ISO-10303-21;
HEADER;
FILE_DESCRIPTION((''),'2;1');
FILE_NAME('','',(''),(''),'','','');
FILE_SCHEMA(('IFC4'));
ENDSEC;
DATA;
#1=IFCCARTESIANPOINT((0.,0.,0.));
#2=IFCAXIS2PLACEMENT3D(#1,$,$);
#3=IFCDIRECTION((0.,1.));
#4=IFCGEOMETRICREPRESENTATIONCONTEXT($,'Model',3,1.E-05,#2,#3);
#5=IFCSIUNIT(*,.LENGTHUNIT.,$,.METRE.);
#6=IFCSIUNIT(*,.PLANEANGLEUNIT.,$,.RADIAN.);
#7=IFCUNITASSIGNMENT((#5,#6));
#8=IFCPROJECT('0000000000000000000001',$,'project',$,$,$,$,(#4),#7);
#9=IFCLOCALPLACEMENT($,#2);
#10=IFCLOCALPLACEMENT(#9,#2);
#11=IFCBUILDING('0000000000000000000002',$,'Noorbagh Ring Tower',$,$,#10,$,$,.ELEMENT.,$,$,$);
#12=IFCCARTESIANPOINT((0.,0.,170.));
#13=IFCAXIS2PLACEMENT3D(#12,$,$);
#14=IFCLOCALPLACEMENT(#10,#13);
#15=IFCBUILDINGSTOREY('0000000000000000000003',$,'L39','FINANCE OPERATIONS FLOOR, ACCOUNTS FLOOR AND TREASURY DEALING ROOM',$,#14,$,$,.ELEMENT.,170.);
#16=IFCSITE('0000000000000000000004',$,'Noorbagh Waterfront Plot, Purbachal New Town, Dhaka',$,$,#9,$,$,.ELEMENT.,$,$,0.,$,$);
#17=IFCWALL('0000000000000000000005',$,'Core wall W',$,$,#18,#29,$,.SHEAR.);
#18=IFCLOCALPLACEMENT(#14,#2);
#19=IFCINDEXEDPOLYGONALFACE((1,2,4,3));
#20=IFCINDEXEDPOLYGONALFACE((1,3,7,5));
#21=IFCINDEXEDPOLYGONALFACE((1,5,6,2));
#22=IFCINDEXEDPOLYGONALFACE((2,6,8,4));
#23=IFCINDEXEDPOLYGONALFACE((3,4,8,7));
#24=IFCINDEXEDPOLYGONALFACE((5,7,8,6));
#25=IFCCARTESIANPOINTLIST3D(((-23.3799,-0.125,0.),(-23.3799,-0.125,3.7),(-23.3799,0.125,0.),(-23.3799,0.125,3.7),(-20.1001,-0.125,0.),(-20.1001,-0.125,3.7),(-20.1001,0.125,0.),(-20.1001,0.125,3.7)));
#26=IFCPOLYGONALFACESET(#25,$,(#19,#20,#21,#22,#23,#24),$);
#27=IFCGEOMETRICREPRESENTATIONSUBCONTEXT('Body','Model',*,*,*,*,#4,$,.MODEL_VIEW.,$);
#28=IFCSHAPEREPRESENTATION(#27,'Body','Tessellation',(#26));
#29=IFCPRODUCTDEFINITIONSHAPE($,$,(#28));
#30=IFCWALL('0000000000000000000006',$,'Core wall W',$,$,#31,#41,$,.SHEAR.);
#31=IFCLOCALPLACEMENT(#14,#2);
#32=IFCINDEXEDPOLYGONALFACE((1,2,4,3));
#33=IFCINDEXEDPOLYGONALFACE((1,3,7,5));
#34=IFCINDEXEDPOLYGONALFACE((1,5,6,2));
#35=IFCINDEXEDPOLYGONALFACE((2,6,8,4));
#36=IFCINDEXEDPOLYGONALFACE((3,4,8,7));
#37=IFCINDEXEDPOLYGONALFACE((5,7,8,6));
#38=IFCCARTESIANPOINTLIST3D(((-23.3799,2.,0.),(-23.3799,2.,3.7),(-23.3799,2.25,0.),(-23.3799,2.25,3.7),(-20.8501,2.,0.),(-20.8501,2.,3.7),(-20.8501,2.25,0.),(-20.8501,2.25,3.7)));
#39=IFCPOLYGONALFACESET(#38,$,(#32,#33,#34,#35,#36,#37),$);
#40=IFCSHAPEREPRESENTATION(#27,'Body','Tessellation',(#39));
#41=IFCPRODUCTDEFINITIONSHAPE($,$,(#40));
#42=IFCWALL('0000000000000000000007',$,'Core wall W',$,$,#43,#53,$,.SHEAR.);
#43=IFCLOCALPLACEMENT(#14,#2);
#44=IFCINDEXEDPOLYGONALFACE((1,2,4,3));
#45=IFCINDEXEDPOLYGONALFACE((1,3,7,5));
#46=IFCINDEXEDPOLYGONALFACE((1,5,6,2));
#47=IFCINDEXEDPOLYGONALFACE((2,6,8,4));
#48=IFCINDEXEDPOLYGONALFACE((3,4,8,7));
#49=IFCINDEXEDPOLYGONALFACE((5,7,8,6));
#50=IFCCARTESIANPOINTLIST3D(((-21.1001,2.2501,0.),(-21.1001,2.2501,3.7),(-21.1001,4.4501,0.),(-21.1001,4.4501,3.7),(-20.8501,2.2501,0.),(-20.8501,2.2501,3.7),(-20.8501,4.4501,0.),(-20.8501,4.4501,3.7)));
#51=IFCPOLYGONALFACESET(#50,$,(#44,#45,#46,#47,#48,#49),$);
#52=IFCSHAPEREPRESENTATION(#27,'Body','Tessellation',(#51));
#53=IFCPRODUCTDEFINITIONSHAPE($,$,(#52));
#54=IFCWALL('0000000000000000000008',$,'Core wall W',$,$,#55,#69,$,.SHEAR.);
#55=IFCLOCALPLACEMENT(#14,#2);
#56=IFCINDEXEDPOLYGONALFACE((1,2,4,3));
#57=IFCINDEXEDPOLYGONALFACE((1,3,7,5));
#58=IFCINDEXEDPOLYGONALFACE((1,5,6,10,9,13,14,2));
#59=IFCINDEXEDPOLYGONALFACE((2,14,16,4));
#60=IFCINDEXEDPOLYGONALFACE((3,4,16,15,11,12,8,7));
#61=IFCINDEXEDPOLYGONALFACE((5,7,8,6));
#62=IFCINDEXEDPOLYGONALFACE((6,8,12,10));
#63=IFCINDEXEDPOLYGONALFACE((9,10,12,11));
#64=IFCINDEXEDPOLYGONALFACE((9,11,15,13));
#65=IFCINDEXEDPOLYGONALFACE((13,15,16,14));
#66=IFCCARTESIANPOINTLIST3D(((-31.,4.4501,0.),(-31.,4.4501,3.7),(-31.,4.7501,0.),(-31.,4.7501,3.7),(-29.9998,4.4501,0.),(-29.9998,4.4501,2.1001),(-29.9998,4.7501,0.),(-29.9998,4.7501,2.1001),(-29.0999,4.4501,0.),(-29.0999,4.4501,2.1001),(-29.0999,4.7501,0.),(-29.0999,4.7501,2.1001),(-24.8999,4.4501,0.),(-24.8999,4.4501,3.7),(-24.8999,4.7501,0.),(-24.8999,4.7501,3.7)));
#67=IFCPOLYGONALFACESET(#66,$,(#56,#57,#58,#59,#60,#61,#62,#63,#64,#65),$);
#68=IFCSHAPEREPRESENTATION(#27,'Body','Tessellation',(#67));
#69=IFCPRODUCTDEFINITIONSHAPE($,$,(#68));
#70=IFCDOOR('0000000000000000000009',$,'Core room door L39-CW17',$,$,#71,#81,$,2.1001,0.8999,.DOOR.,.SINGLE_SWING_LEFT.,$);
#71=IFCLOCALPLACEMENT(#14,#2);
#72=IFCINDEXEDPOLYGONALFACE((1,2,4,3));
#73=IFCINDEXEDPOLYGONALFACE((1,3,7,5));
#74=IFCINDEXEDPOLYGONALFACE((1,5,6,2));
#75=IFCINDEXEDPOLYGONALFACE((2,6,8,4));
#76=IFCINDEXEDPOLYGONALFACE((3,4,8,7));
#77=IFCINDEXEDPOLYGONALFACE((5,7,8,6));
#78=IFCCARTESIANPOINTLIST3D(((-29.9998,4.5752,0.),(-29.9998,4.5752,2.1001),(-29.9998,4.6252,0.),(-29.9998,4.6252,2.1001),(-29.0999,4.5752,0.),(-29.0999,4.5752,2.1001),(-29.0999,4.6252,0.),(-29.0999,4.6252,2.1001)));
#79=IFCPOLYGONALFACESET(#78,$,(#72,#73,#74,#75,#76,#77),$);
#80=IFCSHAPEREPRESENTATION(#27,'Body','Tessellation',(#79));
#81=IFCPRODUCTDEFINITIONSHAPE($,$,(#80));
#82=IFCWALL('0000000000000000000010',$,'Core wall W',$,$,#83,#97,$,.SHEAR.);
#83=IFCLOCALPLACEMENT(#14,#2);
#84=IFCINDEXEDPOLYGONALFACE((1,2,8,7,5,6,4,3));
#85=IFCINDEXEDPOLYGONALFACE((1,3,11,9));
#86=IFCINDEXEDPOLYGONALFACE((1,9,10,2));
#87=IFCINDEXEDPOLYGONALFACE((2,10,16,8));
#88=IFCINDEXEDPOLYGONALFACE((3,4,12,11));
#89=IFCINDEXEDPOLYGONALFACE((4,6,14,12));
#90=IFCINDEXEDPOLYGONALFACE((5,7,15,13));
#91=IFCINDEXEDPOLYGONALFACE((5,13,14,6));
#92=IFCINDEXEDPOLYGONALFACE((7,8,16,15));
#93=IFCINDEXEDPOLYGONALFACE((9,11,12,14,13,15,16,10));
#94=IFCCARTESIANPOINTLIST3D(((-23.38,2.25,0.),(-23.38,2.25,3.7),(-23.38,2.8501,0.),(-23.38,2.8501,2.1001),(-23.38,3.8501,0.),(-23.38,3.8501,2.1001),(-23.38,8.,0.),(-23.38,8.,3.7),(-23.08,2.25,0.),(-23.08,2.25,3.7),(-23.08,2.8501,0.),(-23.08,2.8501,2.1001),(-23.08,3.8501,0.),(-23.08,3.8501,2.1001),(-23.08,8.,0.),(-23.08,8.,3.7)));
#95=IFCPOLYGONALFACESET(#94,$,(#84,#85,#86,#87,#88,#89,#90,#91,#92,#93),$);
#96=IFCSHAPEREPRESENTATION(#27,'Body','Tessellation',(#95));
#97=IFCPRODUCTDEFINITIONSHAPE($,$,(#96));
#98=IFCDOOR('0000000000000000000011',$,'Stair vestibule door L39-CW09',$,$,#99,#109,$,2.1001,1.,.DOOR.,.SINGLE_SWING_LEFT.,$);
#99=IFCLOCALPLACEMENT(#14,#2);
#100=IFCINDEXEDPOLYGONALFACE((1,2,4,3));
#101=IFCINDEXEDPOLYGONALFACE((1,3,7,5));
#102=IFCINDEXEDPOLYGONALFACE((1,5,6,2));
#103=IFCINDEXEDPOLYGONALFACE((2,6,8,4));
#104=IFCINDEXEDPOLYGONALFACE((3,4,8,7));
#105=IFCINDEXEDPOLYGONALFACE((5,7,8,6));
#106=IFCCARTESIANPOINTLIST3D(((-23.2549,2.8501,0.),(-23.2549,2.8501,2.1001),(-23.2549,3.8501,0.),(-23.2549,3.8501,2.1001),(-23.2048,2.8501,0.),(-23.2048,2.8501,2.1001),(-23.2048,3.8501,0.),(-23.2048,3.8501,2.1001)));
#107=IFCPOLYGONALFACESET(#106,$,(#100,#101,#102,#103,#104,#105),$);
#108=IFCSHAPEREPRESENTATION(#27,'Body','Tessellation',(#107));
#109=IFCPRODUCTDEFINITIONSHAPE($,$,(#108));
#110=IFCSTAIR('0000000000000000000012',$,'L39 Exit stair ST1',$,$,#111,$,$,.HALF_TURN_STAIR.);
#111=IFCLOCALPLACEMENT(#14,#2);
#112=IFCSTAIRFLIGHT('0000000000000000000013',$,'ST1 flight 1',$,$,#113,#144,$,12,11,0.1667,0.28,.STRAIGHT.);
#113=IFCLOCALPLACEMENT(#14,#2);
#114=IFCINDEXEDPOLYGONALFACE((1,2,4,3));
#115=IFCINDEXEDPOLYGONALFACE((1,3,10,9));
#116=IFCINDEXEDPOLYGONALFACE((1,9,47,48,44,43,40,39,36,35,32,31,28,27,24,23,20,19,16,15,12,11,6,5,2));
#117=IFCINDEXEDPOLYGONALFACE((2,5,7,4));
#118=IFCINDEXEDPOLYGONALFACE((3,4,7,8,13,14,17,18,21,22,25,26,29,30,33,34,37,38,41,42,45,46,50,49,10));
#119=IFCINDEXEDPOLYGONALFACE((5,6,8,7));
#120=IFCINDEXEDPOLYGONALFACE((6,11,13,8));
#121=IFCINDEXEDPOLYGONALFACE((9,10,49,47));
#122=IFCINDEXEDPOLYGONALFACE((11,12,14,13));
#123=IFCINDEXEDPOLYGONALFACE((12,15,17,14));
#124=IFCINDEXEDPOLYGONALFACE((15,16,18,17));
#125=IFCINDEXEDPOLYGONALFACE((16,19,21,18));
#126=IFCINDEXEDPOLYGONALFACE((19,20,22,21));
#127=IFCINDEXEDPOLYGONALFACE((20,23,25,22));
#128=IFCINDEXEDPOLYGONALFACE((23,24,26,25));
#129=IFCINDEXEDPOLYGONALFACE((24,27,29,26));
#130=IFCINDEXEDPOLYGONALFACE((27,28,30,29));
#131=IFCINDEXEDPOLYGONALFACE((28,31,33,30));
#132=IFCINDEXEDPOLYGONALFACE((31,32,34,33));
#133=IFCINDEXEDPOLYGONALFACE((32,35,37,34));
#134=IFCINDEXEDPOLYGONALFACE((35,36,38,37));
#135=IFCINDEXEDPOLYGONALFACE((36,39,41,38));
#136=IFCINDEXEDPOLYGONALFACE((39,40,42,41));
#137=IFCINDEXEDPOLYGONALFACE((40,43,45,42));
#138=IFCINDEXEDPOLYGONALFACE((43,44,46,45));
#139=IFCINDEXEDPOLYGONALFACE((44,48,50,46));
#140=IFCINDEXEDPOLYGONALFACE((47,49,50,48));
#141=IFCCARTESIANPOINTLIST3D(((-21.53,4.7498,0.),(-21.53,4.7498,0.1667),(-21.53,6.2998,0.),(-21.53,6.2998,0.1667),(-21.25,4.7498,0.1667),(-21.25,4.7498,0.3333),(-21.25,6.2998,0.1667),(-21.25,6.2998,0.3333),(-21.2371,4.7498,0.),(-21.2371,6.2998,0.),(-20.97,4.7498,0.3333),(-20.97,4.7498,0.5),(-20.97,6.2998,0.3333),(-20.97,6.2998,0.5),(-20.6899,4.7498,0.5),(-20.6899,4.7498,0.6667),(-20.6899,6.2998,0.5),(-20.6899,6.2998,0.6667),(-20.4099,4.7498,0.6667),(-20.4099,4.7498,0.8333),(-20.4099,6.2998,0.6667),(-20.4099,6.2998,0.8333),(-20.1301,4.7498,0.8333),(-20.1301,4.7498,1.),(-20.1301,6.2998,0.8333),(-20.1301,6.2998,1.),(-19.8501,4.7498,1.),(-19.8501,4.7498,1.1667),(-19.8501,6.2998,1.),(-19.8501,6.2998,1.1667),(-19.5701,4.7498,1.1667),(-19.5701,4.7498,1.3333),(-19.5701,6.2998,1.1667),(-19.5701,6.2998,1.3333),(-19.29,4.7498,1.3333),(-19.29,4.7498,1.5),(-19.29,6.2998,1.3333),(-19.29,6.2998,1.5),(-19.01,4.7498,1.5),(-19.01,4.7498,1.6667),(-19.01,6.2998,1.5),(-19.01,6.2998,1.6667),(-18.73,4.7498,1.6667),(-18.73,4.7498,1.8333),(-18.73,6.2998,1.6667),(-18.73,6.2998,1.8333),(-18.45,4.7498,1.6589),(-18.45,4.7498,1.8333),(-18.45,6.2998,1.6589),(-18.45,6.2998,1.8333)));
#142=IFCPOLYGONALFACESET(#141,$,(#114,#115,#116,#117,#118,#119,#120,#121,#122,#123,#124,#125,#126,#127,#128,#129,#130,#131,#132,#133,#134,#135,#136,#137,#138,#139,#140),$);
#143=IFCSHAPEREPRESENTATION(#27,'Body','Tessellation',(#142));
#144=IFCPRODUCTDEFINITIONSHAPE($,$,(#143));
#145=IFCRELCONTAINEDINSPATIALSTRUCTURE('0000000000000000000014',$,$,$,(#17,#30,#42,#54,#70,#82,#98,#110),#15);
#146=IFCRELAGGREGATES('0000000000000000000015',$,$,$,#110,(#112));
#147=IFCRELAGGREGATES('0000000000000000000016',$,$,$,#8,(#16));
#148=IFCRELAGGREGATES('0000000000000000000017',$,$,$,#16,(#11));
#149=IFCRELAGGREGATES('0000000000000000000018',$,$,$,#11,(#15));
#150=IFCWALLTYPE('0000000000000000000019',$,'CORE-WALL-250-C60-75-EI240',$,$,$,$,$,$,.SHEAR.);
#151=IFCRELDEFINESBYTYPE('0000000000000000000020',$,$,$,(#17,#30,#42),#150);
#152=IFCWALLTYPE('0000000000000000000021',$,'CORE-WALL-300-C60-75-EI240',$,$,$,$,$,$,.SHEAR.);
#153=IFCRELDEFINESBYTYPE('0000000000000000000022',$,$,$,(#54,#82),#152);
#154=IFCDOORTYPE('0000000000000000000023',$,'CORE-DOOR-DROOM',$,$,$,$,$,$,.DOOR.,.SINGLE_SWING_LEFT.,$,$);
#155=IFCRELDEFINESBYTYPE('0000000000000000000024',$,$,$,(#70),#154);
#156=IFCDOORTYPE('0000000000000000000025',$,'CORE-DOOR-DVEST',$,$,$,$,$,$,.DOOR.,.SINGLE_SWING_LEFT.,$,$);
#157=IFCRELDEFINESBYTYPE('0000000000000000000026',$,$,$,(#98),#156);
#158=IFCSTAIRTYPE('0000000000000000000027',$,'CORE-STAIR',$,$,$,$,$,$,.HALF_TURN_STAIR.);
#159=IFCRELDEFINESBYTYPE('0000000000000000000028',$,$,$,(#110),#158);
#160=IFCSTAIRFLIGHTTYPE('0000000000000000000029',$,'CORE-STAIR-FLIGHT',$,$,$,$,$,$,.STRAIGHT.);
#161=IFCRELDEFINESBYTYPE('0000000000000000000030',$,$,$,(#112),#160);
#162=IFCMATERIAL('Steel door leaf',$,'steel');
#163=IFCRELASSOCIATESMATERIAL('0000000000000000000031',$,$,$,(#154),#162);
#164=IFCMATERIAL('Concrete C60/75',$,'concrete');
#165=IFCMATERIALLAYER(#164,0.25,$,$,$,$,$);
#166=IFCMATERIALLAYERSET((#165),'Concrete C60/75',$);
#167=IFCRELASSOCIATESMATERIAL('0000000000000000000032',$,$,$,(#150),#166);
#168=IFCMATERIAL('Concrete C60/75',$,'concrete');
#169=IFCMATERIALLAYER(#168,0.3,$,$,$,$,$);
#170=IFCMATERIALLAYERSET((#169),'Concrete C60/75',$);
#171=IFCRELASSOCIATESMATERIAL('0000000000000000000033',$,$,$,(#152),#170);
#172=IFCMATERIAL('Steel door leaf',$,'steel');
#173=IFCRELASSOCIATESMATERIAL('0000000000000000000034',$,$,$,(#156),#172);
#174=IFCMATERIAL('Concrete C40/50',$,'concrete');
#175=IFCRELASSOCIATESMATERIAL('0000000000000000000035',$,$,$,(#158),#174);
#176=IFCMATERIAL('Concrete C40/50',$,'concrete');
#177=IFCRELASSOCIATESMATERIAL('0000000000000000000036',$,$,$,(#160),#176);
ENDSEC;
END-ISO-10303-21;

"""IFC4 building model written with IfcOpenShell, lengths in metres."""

from ifc_helpers import new_model, si_unit, direction, frame, frame_2d, origin, place, context, subcontext, project, spatial, polyline, rectangle, outline, extrude, material, layer, layer_set, type_object, element, fill, aggregate, save


model = new_model("IFC4")

# Units and contexts
model_context = context("Model", 3, precision=1e-05, world=origin(), true_north=direction((0.0, 1.0)))
body_context = subcontext(model_context, "Body", "Model", "MODEL_VIEW")
ifc_project = project(units=[si_unit("LENGTHUNIT", "METRE"), si_unit("PLANEANGLEUNIT", "RADIAN")], contexts=[model_context])

# Site, building, storey
site_placement = place(None, origin())
site = spatial("IfcSite", under=ifc_project, at=site_placement, Name="Noorbagh Waterfront Plot, Purbachal New Town, Dhaka", CompositionType="ELEMENT", RefElevation=0.0)
building_placement = place(site_placement, origin())
building = spatial("IfcBuilding", under=site, at=building_placement, Name="Noorbagh Ring Tower", CompositionType="ELEMENT")
storey_placement = place(building_placement, frame((0.0, 0.0, 170.0)))
storey = spatial("IfcBuildingStorey", under=building, at=storey_placement, Name="L39", Description="FINANCE OPERATIONS FLOOR, ACCOUNTS FLOOR AND TREASURY DEALING ROOM", CompositionType="ELEMENT", Elevation=170.0)

# Shared definitions
ifc_material_1 = material(Name="Steel door leaf", Category="steel")
door_type_1 = type_object("IfcDoorType", Name="CORE-DOOR-DROOM", OperationType="SINGLE_SWING_LEFT", PredefinedType="DOOR", material=ifc_material_1)

# Walls
ifc_material_2 = material(Name="Concrete C60/75", Category="concrete")
ifc_layer_1 = layer(ifc_material_2, 0.25)
ifc_layer_set_1 = layer_set([ifc_layer_1], Name="Concrete C60/75")
wall_type_1 = type_object("IfcWallType", Name="CORE-WALL-250-C60-75-EI240", PredefinedType="SHEAR", material=ifc_layer_set_1)
wall_1_placement = place(storey_placement, frame((-20.1001, 0.0, 0.0), z_axis=(0.0, 0.0, 1.0), x_axis=(-1.0, 0.0, 0.0)))
element("IfcWall", 1, at=wall_1_placement, inside=storey, type_object=wall_type_1, Name="Core wall W", PredefinedType="SHEAR", context=body_context, shape_type="SweptSolid", body=[
    extrude(rectangle(XDim=3.2798, YDim=0.25, at=frame_2d((1.6399, 0.0))), origin(), (0.0, 0.0, 1.0), 3.7),
])
wall_2_placement = place(storey_placement, frame((-20.8501, 2.125, 0.0), z_axis=(0.0, 0.0, 1.0), x_axis=(-1.0, 0.0, 0.0)))
element("IfcWall", 2, at=wall_2_placement, inside=storey, type_object=wall_type_1, Name="Core wall W", PredefinedType="SHEAR", context=body_context, shape_type="SweptSolid", body=[
    extrude(rectangle(XDim=2.5298, YDim=0.25, at=frame_2d((1.2649, 0.0))), origin(), (0.0, 0.0, 1.0), 3.7),
])
wall_3_placement = place(storey_placement, frame((-20.9751, 2.25, 0.0), z_axis=(0.0, 0.0, 1.0), x_axis=(0.0, 1.0, 0.0)))
element("IfcWall", 3, at=wall_3_placement, inside=storey, type_object=wall_type_1, Name="Core wall W", PredefinedType="SHEAR", context=body_context, shape_type="SweptSolid", body=[
    extrude(rectangle(XDim=2.2, YDim=0.25, at=frame_2d((1.1001, 0.0))), origin(), (0.0, 0.0, 1.0), 3.7),
])

# Walls, openings, doors
ifc_material_3 = material(Name="Concrete C60/75", Category="concrete")
ifc_layer_2 = layer(ifc_material_3, 0.3)
ifc_layer_set_2 = layer_set([ifc_layer_2], Name="Concrete C60/75")
wall_type_2 = type_object("IfcWallType", Name="CORE-WALL-300-C60-75-EI240", PredefinedType="SHEAR", material=ifc_layer_set_2)
wall_4_placement = place(storey_placement, frame((-24.8999, 4.6001, 0.0), z_axis=(0.0, 0.0, 1.0), x_axis=(-1.0, 0.0, 0.0)))
wall_4 = element("IfcWall", 4, at=wall_4_placement, inside=storey, type_object=wall_type_2, Name="Core wall W", PredefinedType="SHEAR", context=body_context, shape_type="SweptSolid", body=[
    extrude(rectangle(XDim=6.1001, YDim=0.3, at=frame_2d((3.05, 0.0))), origin(), (0.0, 0.0, 1.0), 3.7),
])
opening_1_placement = place(wall_4_placement, frame((4.2, 0.0, 0.0)))
opening_1 = element("IfcOpeningElement", 5, at=opening_1_placement, cuts=wall_4, PredefinedType="OPENING", context=body_context, shape_type="SweptSolid", body=[
    extrude(rectangle(XDim=0.8999, YDim=2.1001, at=frame_2d((0.45, 1.05))), frame((0.0, 0.1602, 0.0), z_axis=(0.0, -1.0, 0.0), x_axis=(1.0, 0.0, 0.0)), (0.0, 0.0, 1.0), 0.3201),
])
door_1_placement = place(opening_1_placement, origin())
door_1 = element("IfcDoor", 6, at=door_1_placement, inside=storey, type_object=door_type_1, Name="Core room door L39-CW17", OperationType="SINGLE_SWING_LEFT", OverallHeight=2.1001, OverallWidth=0.8999, PredefinedType="DOOR", context=body_context, shape_type="SweptSolid", body=[
    extrude(rectangle(XDim=0.8999, YDim=2.1001, at=frame_2d((0.45, 1.05))), frame((0.0, 0.0249, 0.0), z_axis=(0.0, -1.0, 0.0), x_axis=(1.0, 0.0, 0.0)), (0.0, 0.0, 1.0), 0.05),
])
fill(opening_1, door_1)
wall_5_placement = place(storey_placement, frame((-23.23, 2.25, 0.0), z_axis=(0.0, 0.0, 1.0), x_axis=(0.0, 1.0, 0.0)))
wall_5 = element("IfcWall", 7, at=wall_5_placement, inside=storey, type_object=wall_type_2, Name="Core wall W", PredefinedType="SHEAR", context=body_context, shape_type="SweptSolid", body=[
    extrude(rectangle(XDim=5.75, YDim=0.3, at=frame_2d((2.875, 0.0))), origin(), (0.0, 0.0, 1.0), 3.7),
])
opening_2_placement = place(wall_5_placement, frame((0.6001, 0.0, 0.0)))
opening_2 = element("IfcOpeningElement", 8, at=opening_2_placement, cuts=wall_5, PredefinedType="OPENING", context=body_context, shape_type="SweptSolid", body=[
    extrude(rectangle(XDim=1.0, YDim=2.1001, at=frame_2d((0.5, 1.05))), frame((0.0, 0.1602, 0.0), z_axis=(0.0, -1.0, 0.0), x_axis=(1.0, 0.0, 0.0)), (0.0, 0.0, 1.0), 0.3201),
])
ifc_material_4 = material(Name="Steel door leaf", Category="steel")
door_type_2 = type_object("IfcDoorType", Name="CORE-DOOR-DVEST", OperationType="SINGLE_SWING_LEFT", PredefinedType="DOOR", material=ifc_material_4)
door_2_placement = place(opening_2_placement, origin())
door_2 = element("IfcDoor", 9, at=door_2_placement, inside=storey, type_object=door_type_2, Name="Stair vestibule door L39-CW09", OperationType="SINGLE_SWING_LEFT", OverallHeight=2.1001, OverallWidth=1.0, PredefinedType="DOOR", context=body_context, shape_type="SweptSolid", body=[
    extrude(rectangle(XDim=1.0, YDim=2.1001, at=frame_2d((0.5, 1.05))), frame((0.0, 0.0249, 0.0), z_axis=(0.0, -1.0, 0.0), x_axis=(1.0, 0.0, 0.0)), (0.0, 0.0, 1.0), 0.05),
])
fill(opening_2, door_2)

# Stair, stair flight
ifc_material_5 = material(Name="Concrete C40/50", Category="concrete")
stair_type = type_object("IfcStairType", Name="CORE-STAIR", PredefinedType="HALF_TURN_STAIR", material=ifc_material_5)
stair_placement = place(storey_placement, origin())
stair = element("IfcStair", 10, at=stair_placement, inside=storey, type_object=stair_type, Name="L39 Exit stair ST1", PredefinedType="HALF_TURN_STAIR")
ifc_material_6 = material(Name="Concrete C40/50", Category="concrete")
stair_flight_type = type_object("IfcStairFlightType", Name="CORE-STAIR-FLIGHT", PredefinedType="STRAIGHT", material=ifc_material_6)
stair_flight_placement = place(storey_placement, frame((-21.53, 5.5249, 0.0), z_axis=(0.0, 0.0, 1.0), x_axis=(1.0, 0.0, 0.0)))
stair_flight = element("IfcStairFlight", 11, at=stair_flight_placement, type_object=stair_flight_type, Name="ST1 flight 1", NumberOfRisers=12, NumberOfTreads=11, PredefinedType="STRAIGHT", RiserHeight=0.1667, TreadLength=0.28, context=body_context, shape_type="SweptSolid", body=[
    extrude(outline(polyline([(0.0, 0.0), (0.0, 0.1667), (0.28, 0.1667), (0.28, 0.3333), (0.5601, 0.3333), (0.5601, 0.5), (0.8401, 0.5), (0.8401, 0.6667), (1.1201, 0.6667), (1.1201, 0.8333), (1.3999, 0.8333), (1.3999, 1.0), (1.6799, 1.0), (1.6799, 1.1667), (1.96, 1.1667), (1.96, 1.3333), (2.24, 1.3333), (2.24, 1.5), (2.52, 1.5), (2.52, 1.6667), (2.8, 1.6667), (2.8, 1.8333), (3.0801, 1.8333), (3.0801, 2.0), (3.0801, 1.6589), (0.293, 0.0), (0.0, 0.0)])), frame((0.0, 0.7749, 0.0), z_axis=(0.0, -1.0, 0.0), x_axis=(1.0, 0.0, 0.0)), (0.0, 0.0, 1.0), 1.55),
])
aggregate(stair, [stair_flight])

save(model, "model.ifc")
